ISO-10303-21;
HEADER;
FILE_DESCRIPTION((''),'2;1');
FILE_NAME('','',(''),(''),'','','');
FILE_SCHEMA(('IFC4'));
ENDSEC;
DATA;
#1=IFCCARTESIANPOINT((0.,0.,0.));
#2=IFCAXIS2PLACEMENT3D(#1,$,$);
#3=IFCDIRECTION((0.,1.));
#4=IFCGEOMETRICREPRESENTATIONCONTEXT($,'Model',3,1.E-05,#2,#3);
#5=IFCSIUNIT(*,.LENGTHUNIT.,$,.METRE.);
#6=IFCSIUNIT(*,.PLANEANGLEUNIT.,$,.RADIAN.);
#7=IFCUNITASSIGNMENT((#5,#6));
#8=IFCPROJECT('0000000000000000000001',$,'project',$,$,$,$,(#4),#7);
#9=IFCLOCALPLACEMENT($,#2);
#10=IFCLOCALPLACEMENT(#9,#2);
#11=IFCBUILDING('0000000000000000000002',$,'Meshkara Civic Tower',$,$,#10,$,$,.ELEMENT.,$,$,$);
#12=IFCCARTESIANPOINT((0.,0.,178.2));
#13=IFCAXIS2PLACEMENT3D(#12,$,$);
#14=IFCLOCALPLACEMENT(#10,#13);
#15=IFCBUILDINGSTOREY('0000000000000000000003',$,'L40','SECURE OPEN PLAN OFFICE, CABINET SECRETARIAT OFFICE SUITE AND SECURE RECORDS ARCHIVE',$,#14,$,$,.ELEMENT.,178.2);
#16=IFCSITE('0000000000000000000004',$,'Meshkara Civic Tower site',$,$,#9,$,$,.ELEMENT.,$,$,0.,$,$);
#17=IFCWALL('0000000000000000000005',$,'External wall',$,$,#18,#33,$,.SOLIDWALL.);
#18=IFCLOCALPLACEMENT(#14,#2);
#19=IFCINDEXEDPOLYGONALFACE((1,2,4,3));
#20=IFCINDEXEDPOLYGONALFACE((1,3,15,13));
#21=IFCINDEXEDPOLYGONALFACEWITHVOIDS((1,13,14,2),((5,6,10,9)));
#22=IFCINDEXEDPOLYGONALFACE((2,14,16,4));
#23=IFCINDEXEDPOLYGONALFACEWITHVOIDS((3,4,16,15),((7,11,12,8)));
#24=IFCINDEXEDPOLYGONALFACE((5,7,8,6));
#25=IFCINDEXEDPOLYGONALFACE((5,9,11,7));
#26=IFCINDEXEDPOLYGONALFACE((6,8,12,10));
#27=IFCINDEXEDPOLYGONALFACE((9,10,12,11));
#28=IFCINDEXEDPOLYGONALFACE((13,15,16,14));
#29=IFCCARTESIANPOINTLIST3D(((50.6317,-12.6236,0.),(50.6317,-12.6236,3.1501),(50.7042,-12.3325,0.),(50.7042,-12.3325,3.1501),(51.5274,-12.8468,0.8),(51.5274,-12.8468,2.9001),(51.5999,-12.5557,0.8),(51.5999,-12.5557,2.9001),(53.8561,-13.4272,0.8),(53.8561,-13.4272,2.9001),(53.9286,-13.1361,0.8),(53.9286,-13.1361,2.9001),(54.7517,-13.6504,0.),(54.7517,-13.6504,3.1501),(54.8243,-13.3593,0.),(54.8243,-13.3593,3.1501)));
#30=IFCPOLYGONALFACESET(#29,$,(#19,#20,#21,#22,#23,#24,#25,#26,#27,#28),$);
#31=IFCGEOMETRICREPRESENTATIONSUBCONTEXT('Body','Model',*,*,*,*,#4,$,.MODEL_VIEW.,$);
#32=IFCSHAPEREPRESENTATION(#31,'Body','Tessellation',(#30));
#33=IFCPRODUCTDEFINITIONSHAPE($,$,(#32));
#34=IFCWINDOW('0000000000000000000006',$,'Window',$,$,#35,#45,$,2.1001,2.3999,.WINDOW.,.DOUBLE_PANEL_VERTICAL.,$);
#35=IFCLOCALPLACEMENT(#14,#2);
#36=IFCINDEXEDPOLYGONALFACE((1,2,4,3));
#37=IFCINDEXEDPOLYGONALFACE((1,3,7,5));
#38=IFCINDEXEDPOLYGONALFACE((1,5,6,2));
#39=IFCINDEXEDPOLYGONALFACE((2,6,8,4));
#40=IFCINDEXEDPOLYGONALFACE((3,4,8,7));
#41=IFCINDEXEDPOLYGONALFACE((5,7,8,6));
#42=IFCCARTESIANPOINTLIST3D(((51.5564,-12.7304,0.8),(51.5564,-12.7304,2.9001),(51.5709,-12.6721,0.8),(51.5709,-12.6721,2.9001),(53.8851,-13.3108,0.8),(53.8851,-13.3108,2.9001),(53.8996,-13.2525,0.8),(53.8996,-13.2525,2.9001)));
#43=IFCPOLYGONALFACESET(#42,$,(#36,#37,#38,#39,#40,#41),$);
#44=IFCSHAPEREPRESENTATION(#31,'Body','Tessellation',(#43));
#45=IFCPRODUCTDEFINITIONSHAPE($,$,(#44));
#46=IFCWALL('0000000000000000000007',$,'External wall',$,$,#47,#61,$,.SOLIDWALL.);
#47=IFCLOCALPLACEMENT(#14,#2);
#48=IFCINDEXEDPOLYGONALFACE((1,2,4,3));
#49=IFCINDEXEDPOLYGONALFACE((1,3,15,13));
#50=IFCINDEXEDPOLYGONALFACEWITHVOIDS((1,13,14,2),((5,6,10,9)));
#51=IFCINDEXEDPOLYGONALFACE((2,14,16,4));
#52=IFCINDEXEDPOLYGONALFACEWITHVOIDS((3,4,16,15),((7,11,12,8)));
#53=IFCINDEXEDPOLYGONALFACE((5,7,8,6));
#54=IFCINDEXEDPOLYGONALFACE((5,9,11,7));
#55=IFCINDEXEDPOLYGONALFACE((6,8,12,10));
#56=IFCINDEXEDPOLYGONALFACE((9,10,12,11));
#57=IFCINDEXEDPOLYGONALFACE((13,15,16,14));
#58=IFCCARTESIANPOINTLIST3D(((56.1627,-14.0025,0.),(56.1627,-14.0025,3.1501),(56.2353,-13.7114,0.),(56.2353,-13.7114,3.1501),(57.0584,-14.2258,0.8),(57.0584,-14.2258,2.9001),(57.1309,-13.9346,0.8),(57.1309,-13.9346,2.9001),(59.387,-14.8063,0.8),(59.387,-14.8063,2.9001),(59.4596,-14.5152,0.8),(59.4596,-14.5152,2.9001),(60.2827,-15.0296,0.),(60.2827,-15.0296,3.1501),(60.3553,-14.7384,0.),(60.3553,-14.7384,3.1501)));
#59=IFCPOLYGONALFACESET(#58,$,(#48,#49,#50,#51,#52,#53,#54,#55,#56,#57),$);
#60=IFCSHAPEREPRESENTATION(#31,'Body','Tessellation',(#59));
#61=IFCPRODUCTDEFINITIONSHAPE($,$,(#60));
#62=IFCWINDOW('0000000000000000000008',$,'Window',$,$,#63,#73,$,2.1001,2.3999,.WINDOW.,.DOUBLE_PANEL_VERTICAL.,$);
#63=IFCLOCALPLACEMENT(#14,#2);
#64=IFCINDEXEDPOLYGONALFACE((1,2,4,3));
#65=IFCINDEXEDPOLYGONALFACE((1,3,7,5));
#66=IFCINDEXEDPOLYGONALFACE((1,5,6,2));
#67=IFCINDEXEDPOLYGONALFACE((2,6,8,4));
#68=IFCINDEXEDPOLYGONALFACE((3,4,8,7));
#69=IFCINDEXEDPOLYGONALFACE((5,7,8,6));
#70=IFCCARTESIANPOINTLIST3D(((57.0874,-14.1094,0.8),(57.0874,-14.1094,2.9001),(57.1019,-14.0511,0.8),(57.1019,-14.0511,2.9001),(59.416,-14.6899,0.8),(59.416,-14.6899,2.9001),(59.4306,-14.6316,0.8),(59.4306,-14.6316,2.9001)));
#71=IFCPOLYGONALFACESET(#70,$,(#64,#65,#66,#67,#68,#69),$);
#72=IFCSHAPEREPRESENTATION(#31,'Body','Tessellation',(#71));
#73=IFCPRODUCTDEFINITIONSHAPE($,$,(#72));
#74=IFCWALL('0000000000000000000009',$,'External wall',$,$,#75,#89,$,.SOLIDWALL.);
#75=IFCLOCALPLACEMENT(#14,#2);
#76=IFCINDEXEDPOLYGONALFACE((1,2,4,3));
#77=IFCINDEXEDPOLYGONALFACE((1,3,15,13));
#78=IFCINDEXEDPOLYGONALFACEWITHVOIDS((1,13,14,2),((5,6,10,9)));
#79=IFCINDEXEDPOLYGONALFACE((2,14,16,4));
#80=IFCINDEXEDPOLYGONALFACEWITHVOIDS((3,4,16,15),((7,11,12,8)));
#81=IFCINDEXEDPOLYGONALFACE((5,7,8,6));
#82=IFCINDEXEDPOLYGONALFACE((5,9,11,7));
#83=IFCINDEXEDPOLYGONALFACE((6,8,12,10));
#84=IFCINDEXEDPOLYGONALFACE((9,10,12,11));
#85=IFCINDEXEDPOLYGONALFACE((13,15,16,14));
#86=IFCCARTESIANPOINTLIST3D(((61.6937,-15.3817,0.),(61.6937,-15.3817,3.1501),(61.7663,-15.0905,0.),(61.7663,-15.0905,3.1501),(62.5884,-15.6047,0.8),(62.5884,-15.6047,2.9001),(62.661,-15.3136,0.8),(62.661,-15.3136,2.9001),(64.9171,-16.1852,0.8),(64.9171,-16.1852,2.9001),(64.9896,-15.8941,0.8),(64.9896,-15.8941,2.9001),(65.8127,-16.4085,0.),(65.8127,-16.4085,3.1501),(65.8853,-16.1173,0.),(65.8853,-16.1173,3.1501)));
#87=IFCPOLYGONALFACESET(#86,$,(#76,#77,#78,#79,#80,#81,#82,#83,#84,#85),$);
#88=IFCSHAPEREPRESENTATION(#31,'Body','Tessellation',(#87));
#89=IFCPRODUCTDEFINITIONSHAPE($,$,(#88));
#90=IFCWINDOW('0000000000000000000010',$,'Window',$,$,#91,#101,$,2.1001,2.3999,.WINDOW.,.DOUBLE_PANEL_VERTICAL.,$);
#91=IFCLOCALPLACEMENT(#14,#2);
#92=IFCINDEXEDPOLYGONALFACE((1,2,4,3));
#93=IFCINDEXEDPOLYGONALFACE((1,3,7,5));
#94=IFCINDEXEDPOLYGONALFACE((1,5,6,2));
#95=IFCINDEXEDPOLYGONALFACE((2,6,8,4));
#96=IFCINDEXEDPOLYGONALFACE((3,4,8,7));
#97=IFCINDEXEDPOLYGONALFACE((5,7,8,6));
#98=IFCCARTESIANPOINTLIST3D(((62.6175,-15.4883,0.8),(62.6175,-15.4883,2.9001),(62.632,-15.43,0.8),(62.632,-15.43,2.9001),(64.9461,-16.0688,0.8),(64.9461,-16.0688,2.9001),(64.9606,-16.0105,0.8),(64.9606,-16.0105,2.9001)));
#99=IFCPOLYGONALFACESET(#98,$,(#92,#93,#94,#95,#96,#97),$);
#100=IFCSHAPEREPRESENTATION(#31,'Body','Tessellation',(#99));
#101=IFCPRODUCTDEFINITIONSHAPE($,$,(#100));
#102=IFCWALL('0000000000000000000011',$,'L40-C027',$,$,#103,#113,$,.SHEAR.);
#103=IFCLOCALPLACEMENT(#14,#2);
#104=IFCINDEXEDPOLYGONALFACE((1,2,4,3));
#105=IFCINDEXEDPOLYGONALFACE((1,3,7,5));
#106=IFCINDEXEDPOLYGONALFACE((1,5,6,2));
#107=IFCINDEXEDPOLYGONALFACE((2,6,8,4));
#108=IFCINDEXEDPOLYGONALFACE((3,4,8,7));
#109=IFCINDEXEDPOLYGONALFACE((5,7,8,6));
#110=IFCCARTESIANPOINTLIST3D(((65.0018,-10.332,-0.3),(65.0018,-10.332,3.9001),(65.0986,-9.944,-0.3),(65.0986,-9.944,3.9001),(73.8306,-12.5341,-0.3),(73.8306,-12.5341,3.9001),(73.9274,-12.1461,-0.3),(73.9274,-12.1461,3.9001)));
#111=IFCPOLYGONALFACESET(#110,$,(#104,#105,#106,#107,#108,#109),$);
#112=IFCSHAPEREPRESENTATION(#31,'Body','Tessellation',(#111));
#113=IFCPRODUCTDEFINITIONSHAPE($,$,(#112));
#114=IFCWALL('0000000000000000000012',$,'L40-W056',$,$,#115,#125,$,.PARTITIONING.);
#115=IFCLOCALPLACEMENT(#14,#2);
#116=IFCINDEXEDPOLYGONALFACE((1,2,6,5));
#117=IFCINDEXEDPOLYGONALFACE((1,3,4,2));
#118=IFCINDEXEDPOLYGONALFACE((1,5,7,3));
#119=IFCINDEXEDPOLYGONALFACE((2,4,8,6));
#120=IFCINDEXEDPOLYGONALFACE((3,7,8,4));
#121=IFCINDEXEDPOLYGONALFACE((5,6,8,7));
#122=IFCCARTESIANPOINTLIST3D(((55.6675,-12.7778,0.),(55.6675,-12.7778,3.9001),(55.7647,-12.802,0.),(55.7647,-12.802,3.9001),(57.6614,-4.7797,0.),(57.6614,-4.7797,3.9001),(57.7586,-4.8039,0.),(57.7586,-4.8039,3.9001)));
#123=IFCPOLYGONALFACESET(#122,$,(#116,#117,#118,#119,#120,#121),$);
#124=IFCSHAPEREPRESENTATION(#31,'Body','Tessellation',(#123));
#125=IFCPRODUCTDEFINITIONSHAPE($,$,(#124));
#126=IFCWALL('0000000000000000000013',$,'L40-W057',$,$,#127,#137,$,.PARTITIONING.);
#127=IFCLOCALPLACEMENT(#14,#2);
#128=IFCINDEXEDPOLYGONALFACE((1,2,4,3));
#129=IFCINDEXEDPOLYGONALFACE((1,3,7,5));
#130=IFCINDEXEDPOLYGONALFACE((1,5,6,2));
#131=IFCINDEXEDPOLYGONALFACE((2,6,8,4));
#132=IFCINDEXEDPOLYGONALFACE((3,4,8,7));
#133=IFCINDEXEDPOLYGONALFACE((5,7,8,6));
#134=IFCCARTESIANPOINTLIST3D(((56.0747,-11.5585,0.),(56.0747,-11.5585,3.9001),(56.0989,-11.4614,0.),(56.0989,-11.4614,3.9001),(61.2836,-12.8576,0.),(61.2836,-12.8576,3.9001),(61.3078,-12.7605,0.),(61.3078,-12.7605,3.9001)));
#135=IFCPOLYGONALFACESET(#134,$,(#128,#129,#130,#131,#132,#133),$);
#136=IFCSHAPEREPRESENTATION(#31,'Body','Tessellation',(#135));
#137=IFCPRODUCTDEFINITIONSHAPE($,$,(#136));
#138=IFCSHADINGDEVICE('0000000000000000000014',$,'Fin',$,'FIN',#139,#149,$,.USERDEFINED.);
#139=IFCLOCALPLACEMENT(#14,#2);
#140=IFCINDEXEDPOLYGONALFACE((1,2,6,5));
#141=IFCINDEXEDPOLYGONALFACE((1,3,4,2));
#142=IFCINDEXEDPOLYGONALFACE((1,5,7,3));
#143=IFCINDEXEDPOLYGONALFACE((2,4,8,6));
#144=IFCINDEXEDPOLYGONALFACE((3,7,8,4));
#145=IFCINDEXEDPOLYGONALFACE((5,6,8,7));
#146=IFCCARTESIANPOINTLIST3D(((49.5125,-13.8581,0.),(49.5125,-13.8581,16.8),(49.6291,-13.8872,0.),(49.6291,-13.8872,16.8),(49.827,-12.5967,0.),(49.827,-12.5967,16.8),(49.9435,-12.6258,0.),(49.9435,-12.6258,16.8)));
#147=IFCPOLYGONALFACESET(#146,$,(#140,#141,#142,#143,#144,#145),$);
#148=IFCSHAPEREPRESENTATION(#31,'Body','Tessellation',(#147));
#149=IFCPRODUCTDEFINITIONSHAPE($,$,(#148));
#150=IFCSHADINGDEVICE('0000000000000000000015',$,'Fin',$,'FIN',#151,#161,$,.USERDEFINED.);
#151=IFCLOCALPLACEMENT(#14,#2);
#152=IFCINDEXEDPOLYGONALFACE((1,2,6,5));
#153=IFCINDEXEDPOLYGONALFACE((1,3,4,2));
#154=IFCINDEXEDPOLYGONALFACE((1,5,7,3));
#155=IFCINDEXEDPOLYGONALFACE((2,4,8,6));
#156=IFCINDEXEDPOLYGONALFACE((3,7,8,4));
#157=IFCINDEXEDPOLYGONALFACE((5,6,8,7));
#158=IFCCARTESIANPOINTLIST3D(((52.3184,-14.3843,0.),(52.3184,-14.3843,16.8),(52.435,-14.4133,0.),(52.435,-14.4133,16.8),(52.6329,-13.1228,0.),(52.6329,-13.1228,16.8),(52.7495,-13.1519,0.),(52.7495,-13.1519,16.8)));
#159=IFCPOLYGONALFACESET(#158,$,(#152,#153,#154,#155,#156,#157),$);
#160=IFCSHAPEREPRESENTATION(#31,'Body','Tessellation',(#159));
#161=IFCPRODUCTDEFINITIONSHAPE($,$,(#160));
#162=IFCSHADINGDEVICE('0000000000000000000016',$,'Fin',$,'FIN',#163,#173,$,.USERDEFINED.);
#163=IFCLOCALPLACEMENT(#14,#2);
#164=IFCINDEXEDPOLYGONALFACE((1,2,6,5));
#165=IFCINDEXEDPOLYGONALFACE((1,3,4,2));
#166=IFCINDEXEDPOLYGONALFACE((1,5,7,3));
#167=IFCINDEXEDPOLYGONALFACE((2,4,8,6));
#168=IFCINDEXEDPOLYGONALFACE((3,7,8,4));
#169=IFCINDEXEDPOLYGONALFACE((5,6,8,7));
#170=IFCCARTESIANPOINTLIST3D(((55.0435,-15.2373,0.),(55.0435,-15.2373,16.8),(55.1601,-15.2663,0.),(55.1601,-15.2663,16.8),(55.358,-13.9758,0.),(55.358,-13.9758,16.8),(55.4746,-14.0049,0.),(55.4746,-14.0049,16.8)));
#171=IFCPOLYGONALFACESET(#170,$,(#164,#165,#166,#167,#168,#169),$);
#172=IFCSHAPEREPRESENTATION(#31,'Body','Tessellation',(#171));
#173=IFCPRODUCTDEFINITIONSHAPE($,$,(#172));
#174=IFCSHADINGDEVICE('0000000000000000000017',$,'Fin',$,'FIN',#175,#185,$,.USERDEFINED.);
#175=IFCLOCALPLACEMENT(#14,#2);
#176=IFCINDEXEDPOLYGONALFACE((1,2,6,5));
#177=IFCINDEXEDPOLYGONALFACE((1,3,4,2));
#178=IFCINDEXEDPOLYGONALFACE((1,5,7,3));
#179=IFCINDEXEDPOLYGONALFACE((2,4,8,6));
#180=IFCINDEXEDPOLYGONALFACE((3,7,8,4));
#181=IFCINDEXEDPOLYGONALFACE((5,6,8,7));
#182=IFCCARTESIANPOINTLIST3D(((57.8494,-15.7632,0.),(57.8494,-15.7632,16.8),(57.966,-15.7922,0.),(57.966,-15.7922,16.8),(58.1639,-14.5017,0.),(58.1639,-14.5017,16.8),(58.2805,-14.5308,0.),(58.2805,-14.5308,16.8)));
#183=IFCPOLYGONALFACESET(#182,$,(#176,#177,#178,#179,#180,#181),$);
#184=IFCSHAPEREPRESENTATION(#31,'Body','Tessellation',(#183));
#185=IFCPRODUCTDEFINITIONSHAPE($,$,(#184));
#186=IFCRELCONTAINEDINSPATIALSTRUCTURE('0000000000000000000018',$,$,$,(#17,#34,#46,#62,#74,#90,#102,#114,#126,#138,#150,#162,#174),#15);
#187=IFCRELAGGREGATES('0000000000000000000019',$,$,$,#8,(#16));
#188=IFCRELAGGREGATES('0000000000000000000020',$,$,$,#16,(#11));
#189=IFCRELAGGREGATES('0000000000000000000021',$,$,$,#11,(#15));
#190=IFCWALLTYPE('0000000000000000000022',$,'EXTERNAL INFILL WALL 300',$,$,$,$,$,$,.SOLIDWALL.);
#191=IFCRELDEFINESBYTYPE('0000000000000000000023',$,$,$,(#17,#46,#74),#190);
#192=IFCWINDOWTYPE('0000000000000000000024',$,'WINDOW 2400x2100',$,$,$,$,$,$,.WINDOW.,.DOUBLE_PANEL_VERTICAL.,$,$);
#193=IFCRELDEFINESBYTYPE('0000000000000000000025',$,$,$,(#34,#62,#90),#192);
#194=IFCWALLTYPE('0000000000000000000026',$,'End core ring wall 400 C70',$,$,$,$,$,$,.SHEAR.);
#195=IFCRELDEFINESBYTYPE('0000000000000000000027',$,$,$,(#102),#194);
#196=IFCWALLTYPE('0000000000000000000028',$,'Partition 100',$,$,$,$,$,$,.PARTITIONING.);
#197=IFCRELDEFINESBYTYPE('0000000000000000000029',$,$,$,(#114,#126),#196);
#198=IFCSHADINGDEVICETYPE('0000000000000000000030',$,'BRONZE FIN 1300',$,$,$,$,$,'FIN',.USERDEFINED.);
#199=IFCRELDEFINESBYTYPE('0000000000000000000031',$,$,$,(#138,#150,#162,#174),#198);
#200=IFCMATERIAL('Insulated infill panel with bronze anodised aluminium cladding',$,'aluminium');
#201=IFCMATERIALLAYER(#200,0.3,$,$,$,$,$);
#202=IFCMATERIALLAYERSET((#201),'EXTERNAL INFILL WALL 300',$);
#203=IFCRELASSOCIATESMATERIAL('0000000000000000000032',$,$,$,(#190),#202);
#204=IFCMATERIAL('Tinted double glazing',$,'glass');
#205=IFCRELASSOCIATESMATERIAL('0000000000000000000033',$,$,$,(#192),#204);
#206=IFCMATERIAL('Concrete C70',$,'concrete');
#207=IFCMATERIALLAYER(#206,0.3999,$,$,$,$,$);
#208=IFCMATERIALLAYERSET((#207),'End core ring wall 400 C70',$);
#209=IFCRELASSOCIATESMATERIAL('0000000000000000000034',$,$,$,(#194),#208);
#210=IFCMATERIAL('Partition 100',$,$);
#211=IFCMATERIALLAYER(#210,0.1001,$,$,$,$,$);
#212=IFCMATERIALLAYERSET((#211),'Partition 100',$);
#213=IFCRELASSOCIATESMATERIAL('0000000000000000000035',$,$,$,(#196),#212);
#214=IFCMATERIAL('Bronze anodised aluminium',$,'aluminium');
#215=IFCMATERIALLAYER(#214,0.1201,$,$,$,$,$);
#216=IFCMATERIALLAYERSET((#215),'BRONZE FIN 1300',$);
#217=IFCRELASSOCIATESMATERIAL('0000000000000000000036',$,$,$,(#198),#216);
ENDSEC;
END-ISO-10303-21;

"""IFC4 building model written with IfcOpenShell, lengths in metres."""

from ifc_helpers import new_model, si_unit, direction, frame, frame_2d, origin, origin_2d, place, context, subcontext, project, spatial, rectangle, extrude, material, layer, layer_set, type_object, element, fill, save


model = new_model("IFC4")

# Units and contexts
model_context = context("Model", 3, precision=1e-05, world=origin(), true_north=direction((0.0, 1.0)))
body_context = subcontext(model_context, "Body", "Model", "MODEL_VIEW")
ifc_project = project(units=[si_unit("LENGTHUNIT", "METRE"), si_unit("PLANEANGLEUNIT", "RADIAN")], contexts=[model_context])

# Site, building, storey
site_placement = place(None, origin())
site = spatial("IfcSite", under=ifc_project, at=site_placement, Name="Meshkara Civic Tower site", CompositionType="ELEMENT", RefElevation=0.0)
building_placement = place(site_placement, origin())
building = spatial("IfcBuilding", under=site, at=building_placement, Name="Meshkara Civic Tower", CompositionType="ELEMENT")
storey_placement = place(building_placement, frame((0.0, 0.0, 178.2)))
storey = spatial("IfcBuildingStorey", under=building, at=storey_placement, Name="L40", Description="SECURE OPEN PLAN OFFICE, CABINET SECRETARIAT OFFICE SUITE AND SECURE RECORDS ARCHIVE", CompositionType="ELEMENT", Elevation=178.2)

# Walls, openings, windows
ifc_material_1 = material(Name="Insulated infill panel with bronze anodised aluminium cladding", Category="aluminium")
ifc_layer_1 = layer(ifc_material_1, 0.3)
ifc_layer_set_1 = layer_set([ifc_layer_1], Name="EXTERNAL INFILL WALL 300")
wall_type_1 = type_object("IfcWallType", Name="EXTERNAL INFILL WALL 300", PredefinedType="SOLIDWALL", material=ifc_layer_set_1)
wall_1_placement = place(storey_placement, frame((50.668, -12.478, 0.0), z_axis=(0.0, 0.0, 1.0), x_axis=(0.970318, -0.241832, 0.0)))
wall_1 = element("IfcWall", 1, at=wall_1_placement, inside=storey, type_object=wall_type_1, Name="External wall", PredefinedType="SOLIDWALL", context=body_context, shape_type="SweptSolid", body=[
    extrude(rectangle(XDim=4.2461, YDim=0.3, at=frame_2d((2.123, 0.0))), origin(), (0.0, 0.0, 1.0), 3.1501),
])
opening_1_placement = place(wall_1_placement, frame((0.9231, 0.0, 0.8)))
opening_1 = element("IfcOpeningElement", 2, at=opening_1_placement, cuts=wall_1, PredefinedType="OPENING", context=body_context, shape_type="SweptSolid", body=[
    extrude(rectangle(XDim=2.3999, YDim=2.1001, at=frame_2d((1.2, 1.05))), frame((0.0, 0.1599, 0.0), z_axis=(0.0, -1.0, 0.0), x_axis=(1.0, 0.0, 0.0)), (0.0, 0.0, 1.0), 0.3201),
])
ifc_material_2 = material(Name="Tinted double glazing", Category="glass")
window_type = type_object("IfcWindowType", Name="WINDOW 2400x2100", PartitioningType="DOUBLE_PANEL_VERTICAL", PredefinedType="WINDOW", material=ifc_material_2)
window_1_placement = place(opening_1_placement, origin())
window_1 = element("IfcWindow", 3, at=window_1_placement, inside=storey, type_object=window_type, Name="Window", OverallHeight=2.1001, OverallWidth=2.3999, PartitioningType="DOUBLE_PANEL_VERTICAL", PredefinedType="WINDOW", context=body_context, shape_type="SweptSolid", body=[
    extrude(rectangle(XDim=2.3999, YDim=2.1001, at=frame_2d((1.2, 1.05))), frame((0.0, 0.03, 0.0), z_axis=(0.0, -1.0, 0.0), x_axis=(1.0, 0.0, 0.0)), (0.0, 0.0, 1.0), 0.0601),
])
fill(opening_1, window_1)
wall_2_placement = place(storey_placement, frame((56.199, -13.8569, 0.0), z_axis=(0.0, 0.0, 1.0), x_axis=(0.970305, -0.241886, 0.0)))
wall_2 = element("IfcWall", 4, at=wall_2_placement, inside=storey, type_object=wall_type_1, Name="External wall", PredefinedType="SOLIDWALL", context=body_context, shape_type="SweptSolid", body=[
    extrude(rectangle(XDim=4.2461, YDim=0.3, at=frame_2d((2.123, 0.0))), origin(), (0.0, 0.0, 1.0), 3.1501),
])
opening_2_placement = place(wall_2_placement, frame((0.9231, 0.0, 0.8)))
opening_2 = element("IfcOpeningElement", 5, at=opening_2_placement, cuts=wall_2, PredefinedType="OPENING", context=body_context, shape_type="SweptSolid", body=[
    extrude(rectangle(XDim=2.3999, YDim=2.1001, at=frame_2d((1.2, 1.05))), frame((0.0, 0.1599, 0.0), z_axis=(0.0, -1.0, 0.0), x_axis=(1.0, 0.0, 0.0)), (0.0, 0.0, 1.0), 0.3201),
])
window_2_placement = place(opening_2_placement, origin())
window_2 = element("IfcWindow", 6, at=window_2_placement, inside=storey, type_object=window_type, Name="Window", OverallHeight=2.1001, OverallWidth=2.3999, PartitioningType="DOUBLE_PANEL_VERTICAL", PredefinedType="WINDOW", context=body_context, shape_type="SweptSolid", body=[
    extrude(rectangle(XDim=2.3999, YDim=2.1001, at=frame_2d((1.2, 1.05))), frame((0.0, 0.03, 0.0), z_axis=(0.0, -1.0, 0.0), x_axis=(1.0, 0.0, 0.0)), (0.0, 0.0, 1.0), 0.0601),
])
fill(opening_2, window_2)
wall_3_placement = place(storey_placement, frame((61.73, -15.2361, 0.0), z_axis=(0.0, 0.0, 1.0), x_axis=(0.970305, -0.241886, 0.0)))
wall_3 = element("IfcWall", 7, at=wall_3_placement, inside=storey, type_object=wall_type_1, Name="External wall", PredefinedType="SOLIDWALL", context=body_context, shape_type="SweptSolid", body=[
    extrude(rectangle(XDim=4.2451, YDim=0.3, at=frame_2d((2.1226, 0.0))), origin(), (0.0, 0.0, 1.0), 3.1501),
])
opening_3_placement = place(wall_3_placement, frame((0.9221, 0.0, 0.8)))
opening_3 = element("IfcOpeningElement", 8, at=opening_3_placement, cuts=wall_3, PredefinedType="OPENING", context=body_context, shape_type="SweptSolid", body=[
    extrude(rectangle(XDim=2.3999, YDim=2.1001, at=frame_2d((1.2, 1.05))), frame((0.0, 0.1599, 0.0), z_axis=(0.0, -1.0, 0.0), x_axis=(1.0, 0.0, 0.0)), (0.0, 0.0, 1.0), 0.3201),
])
window_3_placement = place(opening_3_placement, origin())
window_3 = element("IfcWindow", 9, at=window_3_placement, inside=storey, type_object=window_type, Name="Window", OverallHeight=2.1001, OverallWidth=2.3999, PartitioningType="DOUBLE_PANEL_VERTICAL", PredefinedType="WINDOW", context=body_context, shape_type="SweptSolid", body=[
    extrude(rectangle(XDim=2.3999, YDim=2.1001, at=frame_2d((1.2, 1.05))), frame((0.0, 0.03, 0.0), z_axis=(0.0, -1.0, 0.0), x_axis=(1.0, 0.0, 0.0)), (0.0, 0.0, 1.0), 0.0601),
])
fill(opening_3, window_3)

# Walls
ifc_material_3 = material(Name="Concrete C70", Category="concrete")
ifc_layer_2 = layer(ifc_material_3, 0.3999)
ifc_layer_set_2 = layer_set([ifc_layer_2], Name="End core ring wall 400 C70")
wall_type_2 = type_object("IfcWallType", Name="End core ring wall 400 C70", PredefinedType="SHEAR", material=ifc_layer_set_2)
wall_4_placement = place(storey_placement, frame((65.05, -10.1379, -0.3), z_axis=(0.0, 0.0, 1.0), x_axis=(0.970273, -0.242012, 0.0)))
element("IfcWall", 10, at=wall_4_placement, inside=storey, type_object=wall_type_2, Name="L40-C027", PredefinedType="SHEAR", context=body_context, shape_type="SweptSolid", body=[
    extrude(rectangle(XDim=9.0994, YDim=0.3999, at=frame_2d((4.5498, 0.0))), origin(), (0.0, 0.0, 1.0), 4.2002),
])
ifc_material_4 = material(Name="Partition 100")
ifc_layer_3 = layer(ifc_material_4, 0.1001)
ifc_layer_set_3 = layer_set([ifc_layer_3], Name="Partition 100")
wall_type_3 = type_object("IfcWallType", Name="Partition 100", PredefinedType="PARTITIONING", material=ifc_layer_set_3)
wall_5_placement = place(storey_placement, frame((55.7161, -12.79, 0.0), z_axis=(0.0, 0.0, 1.0), x_axis=(0.241894, 0.970303, 0.0)))
element("IfcWall", 11, at=wall_5_placement, inside=storey, type_object=wall_type_3, Name="L40-W056", PredefinedType="PARTITIONING", context=body_context, shape_type="SweptSolid", body=[
    extrude(rectangle(XDim=8.2429, YDim=0.1001, at=frame_2d((4.1216, 0.0))), origin(), (0.0, 0.0, 1.0), 3.9001),
])
wall_6_placement = place(storey_placement, frame((56.0869, -11.51, 0.0), z_axis=(0.0, 0.0, 1.0), x_axis=(0.970281, -0.241979, 0.0)))
element("IfcWall", 12, at=wall_6_placement, inside=storey, type_object=wall_type_3, Name="L40-W057", PredefinedType="PARTITIONING", context=body_context, shape_type="SweptSolid", body=[
    extrude(rectangle(XDim=5.3684, YDim=0.1001, at=frame_2d((2.6841, 0.0))), origin(), (0.0, 0.0, 1.0), 3.9001),
])

# Shading devices
ifc_material_5 = material(Name="Bronze anodised aluminium", Category="aluminium")
ifc_layer_4 = layer(ifc_material_5, 0.1201)
ifc_layer_set_4 = layer_set([ifc_layer_4], Name="BRONZE FIN 1300")
shading_device_type = type_object("IfcShadingDeviceType", Name="BRONZE FIN 1300", ElementType="FIN", PredefinedType="USERDEFINED", material=ifc_layer_set_4)
for number, where, z_axis, x_axis, name in (
    (13, (49.728, -13.2419, 0.0), (0.0, 0.0, 1.0), (0.9703, -0.241905, 0.0), "Fin"),
    (14, (52.5339, -13.7681, 0.0), (0.0, 0.0, 1.0), (0.9703, -0.241905, 0.0), "Fin"),
    (15, (55.259, -14.6211, 0.0), (0.0, 0.0, 1.0), (0.9703, -0.241905, 0.0), "Fin"),
    (16, (58.0649, -15.147, 0.0), (0.0, 0.0, 1.0), (0.9703, -0.241905, 0.0), "Fin"),
):
    element("IfcShadingDevice", number, at=place(storey_placement, frame(where, z_axis=z_axis, x_axis=x_axis)), inside=storey, type_object=shading_device_type, Name=name, ObjectType="FIN", PredefinedType="USERDEFINED", context=body_context, shape_type="SweptSolid", body=[
        extrude(rectangle(XDim=0.1201, YDim=1.3, at=origin_2d()), origin(), (0.0, 0.0, 1.0), 16.8),
    ])

save(model, "model.ifc")
